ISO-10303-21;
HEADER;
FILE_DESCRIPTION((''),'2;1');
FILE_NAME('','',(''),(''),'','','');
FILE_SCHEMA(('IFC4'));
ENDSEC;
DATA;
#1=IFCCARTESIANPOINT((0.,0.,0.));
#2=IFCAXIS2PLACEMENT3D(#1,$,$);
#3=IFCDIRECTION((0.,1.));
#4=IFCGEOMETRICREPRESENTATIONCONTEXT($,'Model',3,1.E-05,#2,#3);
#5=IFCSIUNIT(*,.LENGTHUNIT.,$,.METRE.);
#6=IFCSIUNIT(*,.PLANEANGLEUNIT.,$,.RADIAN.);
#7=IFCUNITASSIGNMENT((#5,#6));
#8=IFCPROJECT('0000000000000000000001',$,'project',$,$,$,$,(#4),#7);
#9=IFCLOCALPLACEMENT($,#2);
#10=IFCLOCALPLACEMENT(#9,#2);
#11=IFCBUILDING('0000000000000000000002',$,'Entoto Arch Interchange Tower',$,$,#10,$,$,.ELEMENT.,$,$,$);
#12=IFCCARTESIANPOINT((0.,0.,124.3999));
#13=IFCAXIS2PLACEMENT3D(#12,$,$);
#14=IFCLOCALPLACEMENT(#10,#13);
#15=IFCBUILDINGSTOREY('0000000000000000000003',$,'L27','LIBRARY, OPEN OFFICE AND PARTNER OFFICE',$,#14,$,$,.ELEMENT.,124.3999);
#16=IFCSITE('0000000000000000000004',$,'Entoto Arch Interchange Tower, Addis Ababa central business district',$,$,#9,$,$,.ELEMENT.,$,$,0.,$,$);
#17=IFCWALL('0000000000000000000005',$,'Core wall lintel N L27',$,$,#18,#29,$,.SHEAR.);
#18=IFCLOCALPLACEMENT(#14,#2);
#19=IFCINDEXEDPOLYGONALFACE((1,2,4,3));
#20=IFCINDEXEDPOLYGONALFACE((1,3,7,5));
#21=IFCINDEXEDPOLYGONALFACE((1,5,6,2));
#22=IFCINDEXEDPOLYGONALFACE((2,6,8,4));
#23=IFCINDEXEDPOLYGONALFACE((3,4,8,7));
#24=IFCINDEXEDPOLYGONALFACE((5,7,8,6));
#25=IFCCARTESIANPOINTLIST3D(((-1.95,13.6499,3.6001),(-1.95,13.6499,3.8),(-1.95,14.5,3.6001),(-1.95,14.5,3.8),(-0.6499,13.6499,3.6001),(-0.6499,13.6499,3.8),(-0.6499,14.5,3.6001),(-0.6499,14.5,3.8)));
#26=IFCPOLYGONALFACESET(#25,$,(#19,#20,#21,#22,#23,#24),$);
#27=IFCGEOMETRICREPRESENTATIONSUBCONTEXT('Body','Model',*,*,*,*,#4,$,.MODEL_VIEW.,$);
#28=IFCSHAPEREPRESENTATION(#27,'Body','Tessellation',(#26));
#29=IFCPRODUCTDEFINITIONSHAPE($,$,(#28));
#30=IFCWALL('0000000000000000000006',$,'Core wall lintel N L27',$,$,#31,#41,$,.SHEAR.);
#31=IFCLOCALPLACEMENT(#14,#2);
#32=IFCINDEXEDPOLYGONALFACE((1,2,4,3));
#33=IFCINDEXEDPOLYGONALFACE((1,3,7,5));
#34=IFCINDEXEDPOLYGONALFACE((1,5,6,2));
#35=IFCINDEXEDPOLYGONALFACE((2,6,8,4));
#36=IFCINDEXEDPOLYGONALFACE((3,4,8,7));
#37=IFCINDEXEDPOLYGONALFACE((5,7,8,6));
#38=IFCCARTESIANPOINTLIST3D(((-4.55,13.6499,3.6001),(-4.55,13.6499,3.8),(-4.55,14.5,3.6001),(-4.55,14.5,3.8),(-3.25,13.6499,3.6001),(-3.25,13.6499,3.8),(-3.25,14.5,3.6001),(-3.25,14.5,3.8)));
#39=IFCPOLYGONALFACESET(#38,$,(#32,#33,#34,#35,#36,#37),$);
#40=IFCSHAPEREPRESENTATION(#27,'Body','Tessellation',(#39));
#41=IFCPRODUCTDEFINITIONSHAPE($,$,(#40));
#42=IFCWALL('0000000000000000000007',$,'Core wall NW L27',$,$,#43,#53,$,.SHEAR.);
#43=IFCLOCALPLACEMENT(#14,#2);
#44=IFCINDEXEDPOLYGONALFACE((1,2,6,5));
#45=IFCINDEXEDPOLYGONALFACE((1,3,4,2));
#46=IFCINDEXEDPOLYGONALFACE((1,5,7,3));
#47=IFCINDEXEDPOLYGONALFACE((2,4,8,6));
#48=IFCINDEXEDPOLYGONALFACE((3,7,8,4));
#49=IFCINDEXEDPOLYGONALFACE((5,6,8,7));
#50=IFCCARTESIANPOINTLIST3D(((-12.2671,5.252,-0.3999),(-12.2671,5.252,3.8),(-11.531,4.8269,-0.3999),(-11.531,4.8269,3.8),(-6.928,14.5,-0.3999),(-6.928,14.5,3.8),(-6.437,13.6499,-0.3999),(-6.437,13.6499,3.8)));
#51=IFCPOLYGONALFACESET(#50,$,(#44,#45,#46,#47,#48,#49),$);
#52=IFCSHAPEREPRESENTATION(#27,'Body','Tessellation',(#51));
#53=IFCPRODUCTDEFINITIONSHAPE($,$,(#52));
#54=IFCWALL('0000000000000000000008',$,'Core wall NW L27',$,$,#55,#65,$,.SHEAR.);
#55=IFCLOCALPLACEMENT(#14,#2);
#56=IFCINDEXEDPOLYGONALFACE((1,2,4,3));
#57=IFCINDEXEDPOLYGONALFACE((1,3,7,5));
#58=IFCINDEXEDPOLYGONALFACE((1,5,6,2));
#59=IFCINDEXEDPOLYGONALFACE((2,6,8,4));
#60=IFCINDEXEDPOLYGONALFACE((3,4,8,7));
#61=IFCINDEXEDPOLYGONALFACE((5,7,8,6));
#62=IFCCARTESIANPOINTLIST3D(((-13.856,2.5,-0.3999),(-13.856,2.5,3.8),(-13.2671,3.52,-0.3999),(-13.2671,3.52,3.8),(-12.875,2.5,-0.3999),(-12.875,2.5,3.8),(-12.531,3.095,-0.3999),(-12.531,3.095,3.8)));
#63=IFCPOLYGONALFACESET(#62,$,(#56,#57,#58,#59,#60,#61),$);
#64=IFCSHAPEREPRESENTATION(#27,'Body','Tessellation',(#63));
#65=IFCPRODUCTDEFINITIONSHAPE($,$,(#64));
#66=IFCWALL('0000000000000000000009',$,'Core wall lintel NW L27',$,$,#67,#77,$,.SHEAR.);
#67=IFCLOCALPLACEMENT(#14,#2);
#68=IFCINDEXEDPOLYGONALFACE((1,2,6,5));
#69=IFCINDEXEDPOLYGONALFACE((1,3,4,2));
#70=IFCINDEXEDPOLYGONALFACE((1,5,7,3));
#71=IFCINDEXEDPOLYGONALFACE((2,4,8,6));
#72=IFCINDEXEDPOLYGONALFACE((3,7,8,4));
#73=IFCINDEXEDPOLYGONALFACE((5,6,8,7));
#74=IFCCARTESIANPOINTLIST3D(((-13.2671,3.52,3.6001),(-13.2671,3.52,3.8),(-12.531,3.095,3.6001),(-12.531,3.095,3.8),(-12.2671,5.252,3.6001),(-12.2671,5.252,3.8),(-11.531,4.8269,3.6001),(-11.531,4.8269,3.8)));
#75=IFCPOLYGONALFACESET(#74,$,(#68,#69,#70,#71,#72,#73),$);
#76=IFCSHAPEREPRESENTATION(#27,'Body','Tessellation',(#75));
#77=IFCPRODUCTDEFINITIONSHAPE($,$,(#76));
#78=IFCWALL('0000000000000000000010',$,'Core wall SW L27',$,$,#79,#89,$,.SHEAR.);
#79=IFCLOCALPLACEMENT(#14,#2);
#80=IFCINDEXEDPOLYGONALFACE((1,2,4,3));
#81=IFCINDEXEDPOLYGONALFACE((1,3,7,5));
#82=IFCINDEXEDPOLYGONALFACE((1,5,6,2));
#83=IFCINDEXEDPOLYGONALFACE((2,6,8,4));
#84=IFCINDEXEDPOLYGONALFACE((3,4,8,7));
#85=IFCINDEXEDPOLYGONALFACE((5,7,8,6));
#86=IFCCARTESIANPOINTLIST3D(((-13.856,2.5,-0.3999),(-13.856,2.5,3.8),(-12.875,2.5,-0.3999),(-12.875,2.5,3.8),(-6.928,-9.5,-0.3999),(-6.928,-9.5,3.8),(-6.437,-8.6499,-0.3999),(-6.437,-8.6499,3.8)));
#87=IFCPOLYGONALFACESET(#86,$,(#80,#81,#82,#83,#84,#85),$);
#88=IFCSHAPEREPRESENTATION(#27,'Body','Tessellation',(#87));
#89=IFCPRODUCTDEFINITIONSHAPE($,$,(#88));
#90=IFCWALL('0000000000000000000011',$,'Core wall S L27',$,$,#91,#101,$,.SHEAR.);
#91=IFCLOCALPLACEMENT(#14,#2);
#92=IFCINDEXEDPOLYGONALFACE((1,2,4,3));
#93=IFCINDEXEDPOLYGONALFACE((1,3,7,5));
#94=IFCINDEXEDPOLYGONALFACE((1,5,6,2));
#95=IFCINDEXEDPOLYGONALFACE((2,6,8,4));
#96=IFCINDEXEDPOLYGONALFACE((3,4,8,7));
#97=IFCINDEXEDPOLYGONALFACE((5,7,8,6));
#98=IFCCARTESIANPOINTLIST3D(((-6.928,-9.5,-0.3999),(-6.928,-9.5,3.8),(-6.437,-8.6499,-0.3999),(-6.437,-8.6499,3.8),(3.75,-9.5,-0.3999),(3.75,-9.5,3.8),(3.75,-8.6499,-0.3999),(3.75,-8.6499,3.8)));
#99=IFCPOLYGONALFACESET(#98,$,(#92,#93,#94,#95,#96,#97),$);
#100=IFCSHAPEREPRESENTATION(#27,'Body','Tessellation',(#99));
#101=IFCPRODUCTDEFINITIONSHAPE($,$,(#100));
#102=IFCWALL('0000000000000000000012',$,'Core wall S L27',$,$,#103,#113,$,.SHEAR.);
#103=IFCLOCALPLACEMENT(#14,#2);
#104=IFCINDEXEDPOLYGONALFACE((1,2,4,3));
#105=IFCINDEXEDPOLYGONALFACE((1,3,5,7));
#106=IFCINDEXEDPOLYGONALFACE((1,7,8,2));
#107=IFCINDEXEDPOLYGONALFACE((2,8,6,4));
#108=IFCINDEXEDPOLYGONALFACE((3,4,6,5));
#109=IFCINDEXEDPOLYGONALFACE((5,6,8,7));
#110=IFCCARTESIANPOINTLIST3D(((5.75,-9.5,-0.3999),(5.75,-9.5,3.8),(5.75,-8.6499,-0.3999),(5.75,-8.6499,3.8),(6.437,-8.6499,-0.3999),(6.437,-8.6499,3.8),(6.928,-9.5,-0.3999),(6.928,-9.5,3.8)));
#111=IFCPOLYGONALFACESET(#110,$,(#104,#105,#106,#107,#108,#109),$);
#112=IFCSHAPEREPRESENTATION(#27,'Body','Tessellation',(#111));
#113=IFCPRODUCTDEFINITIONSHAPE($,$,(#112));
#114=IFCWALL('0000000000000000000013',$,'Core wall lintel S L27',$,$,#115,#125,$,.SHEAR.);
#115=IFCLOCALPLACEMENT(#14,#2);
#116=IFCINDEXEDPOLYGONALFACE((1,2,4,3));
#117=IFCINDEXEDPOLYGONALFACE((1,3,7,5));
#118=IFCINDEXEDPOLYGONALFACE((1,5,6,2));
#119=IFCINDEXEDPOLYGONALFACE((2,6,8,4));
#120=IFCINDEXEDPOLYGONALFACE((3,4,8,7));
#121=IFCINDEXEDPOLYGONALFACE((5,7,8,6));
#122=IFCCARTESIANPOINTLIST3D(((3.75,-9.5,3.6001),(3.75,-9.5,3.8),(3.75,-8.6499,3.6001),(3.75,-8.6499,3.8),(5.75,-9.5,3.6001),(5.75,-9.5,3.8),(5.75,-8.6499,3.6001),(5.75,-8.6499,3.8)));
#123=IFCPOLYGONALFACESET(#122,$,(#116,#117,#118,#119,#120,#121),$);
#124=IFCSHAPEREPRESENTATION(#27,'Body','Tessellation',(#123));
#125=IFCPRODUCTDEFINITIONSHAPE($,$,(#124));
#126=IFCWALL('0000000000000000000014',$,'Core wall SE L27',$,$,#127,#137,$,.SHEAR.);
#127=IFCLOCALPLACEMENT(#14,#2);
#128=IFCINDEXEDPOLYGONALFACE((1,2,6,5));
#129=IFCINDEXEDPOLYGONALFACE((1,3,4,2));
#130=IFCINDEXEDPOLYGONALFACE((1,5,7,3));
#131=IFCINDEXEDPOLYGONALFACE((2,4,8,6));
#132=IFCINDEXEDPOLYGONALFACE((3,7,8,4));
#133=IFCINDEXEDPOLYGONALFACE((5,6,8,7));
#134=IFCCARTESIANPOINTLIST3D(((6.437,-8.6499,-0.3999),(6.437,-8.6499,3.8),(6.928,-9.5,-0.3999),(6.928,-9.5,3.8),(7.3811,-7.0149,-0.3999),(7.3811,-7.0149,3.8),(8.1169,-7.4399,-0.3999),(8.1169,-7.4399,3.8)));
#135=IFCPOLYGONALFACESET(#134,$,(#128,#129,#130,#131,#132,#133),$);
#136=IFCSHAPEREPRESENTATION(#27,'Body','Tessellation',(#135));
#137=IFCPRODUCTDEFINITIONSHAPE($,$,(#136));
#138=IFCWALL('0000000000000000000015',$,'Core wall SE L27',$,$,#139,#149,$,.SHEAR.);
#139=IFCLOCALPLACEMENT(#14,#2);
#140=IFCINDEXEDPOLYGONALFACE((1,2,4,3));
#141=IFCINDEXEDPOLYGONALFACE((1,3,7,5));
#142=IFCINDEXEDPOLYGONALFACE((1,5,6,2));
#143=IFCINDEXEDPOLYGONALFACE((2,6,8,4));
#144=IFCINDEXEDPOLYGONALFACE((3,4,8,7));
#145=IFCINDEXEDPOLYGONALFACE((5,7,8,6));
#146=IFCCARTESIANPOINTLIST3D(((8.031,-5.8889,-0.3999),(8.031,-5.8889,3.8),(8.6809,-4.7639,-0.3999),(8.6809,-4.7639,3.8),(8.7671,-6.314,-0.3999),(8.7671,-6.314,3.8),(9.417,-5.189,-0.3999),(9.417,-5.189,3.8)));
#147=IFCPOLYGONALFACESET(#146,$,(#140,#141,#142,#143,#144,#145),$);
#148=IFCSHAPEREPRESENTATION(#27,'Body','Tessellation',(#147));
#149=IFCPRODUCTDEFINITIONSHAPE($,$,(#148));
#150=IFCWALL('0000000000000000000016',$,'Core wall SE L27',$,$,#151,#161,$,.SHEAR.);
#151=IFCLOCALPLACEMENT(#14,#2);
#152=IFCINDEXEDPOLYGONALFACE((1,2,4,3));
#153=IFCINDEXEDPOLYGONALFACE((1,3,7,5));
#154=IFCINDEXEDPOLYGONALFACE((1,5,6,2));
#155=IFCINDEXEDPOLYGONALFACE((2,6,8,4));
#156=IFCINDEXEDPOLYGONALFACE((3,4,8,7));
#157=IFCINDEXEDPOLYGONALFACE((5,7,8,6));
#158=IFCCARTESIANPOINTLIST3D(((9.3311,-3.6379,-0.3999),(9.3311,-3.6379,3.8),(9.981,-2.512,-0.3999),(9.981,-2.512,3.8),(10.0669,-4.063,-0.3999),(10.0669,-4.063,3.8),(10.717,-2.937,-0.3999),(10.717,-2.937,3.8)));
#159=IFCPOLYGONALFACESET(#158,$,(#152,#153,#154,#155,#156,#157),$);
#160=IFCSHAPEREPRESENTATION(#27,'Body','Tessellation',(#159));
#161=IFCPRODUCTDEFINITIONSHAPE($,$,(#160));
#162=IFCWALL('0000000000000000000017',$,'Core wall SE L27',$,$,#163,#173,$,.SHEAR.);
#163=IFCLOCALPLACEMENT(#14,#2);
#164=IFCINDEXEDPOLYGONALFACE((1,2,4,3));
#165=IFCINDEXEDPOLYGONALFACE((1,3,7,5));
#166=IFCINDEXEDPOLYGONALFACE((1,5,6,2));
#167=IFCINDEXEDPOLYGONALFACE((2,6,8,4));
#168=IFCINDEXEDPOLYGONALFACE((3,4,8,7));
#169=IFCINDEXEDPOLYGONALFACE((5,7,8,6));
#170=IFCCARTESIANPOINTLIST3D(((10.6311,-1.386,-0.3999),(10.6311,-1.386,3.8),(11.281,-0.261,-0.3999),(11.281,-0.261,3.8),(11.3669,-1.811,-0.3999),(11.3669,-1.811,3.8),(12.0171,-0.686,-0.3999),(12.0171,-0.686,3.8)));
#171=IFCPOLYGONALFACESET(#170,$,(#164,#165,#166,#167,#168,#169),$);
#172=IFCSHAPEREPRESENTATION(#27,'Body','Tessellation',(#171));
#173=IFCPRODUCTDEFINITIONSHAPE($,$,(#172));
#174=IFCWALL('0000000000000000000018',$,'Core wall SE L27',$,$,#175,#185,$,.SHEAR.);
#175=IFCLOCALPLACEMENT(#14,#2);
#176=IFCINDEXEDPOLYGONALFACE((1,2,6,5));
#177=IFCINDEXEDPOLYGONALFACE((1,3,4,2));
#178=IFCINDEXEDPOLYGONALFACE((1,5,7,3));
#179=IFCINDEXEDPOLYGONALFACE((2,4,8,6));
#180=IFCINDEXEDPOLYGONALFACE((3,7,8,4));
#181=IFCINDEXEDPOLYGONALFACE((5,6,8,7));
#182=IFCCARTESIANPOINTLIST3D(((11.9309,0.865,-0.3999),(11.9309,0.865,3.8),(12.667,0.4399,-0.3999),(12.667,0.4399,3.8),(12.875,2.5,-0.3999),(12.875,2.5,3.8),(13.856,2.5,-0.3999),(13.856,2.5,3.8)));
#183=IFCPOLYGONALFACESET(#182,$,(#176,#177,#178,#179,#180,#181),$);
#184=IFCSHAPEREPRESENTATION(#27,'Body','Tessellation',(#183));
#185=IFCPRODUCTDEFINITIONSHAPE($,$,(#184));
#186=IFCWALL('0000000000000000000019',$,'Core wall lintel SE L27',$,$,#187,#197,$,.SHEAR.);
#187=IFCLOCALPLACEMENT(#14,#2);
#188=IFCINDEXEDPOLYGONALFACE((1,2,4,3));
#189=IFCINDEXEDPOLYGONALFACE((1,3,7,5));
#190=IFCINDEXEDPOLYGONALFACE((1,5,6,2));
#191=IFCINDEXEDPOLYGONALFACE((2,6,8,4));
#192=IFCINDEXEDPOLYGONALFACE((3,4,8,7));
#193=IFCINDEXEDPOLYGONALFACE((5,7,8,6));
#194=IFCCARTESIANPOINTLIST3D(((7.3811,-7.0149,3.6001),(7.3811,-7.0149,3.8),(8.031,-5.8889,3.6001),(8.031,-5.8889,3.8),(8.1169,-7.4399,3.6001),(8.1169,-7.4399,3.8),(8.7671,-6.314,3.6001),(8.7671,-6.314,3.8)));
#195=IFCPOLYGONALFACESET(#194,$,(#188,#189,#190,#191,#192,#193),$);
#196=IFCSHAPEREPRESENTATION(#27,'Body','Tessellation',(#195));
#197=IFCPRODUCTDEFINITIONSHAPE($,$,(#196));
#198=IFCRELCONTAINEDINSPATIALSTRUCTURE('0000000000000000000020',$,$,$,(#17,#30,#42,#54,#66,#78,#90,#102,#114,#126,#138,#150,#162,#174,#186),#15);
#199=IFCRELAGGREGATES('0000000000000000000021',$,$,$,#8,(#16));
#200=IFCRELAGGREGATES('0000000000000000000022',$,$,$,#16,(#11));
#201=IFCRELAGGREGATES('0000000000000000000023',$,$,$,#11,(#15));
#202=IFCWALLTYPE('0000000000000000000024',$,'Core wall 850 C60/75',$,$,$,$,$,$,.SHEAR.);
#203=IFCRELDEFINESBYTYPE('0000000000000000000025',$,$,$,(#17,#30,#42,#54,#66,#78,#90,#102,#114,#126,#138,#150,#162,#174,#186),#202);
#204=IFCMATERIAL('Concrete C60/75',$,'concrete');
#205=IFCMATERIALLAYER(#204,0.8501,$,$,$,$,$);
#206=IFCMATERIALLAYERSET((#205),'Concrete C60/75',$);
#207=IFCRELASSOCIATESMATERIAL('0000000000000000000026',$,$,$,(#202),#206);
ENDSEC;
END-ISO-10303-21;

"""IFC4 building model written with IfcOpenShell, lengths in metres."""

from ifc_helpers import new_model, si_unit, direction, frame, origin, place, context, subcontext, project, spatial, polyline, outline, extrude, material, layer, layer_set, type_object, element, save


model = new_model("IFC4")

# Units and contexts
model_context = context("Model", 3, precision=1e-05, world=origin(), true_north=direction((0.0, 1.0)))
body_context = subcontext(model_context, "Body", "Model", "MODEL_VIEW")
ifc_project = project(units=[si_unit("LENGTHUNIT", "METRE"), si_unit("PLANEANGLEUNIT", "RADIAN")], contexts=[model_context])

# Site, building, storey
site_placement = place(None, origin())
site = spatial("IfcSite", under=ifc_project, at=site_placement, Name="Entoto Arch Interchange Tower, Addis Ababa central business district", CompositionType="ELEMENT", RefElevation=0.0)
building_placement = place(site_placement, origin())
building = spatial("IfcBuilding", under=site, at=building_placement, Name="Entoto Arch Interchange Tower", CompositionType="ELEMENT")
storey_placement = place(building_placement, frame((0.0, 0.0, 124.3999)))
storey = spatial("IfcBuildingStorey", under=building, at=storey_placement, Name="L27", Description="LIBRARY, OPEN OFFICE AND PARTNER OFFICE", CompositionType="ELEMENT", Elevation=124.3999)

# Walls
ifc_material_1 = material(Name="Concrete C60/75", Category="concrete")
ifc_layer_1 = layer(ifc_material_1, 0.8501)
ifc_layer_set_1 = layer_set([ifc_layer_1], Name="Concrete C60/75")
wall_type_1 = type_object("IfcWallType", Name="Core wall 850 C60/75", PredefinedType="SHEAR", material=ifc_layer_set_1)
wall_1_placement = place(storey_placement, frame((0.0, 0.0, 3.6001)))
element("IfcWall", 1, at=wall_1_placement, inside=storey, type_object=wall_type_1, Name="Core wall lintel N L27", PredefinedType="SHEAR", context=body_context, shape_type="SweptSolid", body=[
    extrude(outline(polyline([(-1.95, 14.5), (-1.95, 13.6499), (-0.6499, 13.6499), (-0.6499, 14.5), (-1.95, 14.5)])), origin(), (0.0, 0.0, 1.0), 0.2),
])
wall_2_placement = place(storey_placement, frame((0.0, 0.0, 3.6001)))
element("IfcWall", 2, at=wall_2_placement, inside=storey, type_object=wall_type_1, Name="Core wall lintel N L27", PredefinedType="SHEAR", context=body_context, shape_type="SweptSolid", body=[
    extrude(outline(polyline([(-4.55, 14.5), (-4.55, 13.6499), (-3.25, 13.6499), (-3.25, 14.5), (-4.55, 14.5)])), origin(), (0.0, 0.0, 1.0), 0.2),
])
wall_3_placement = place(storey_placement, frame((0.0, 0.0, -0.3999)))
element("IfcWall", 3, at=wall_3_placement, inside=storey, type_object=wall_type_1, Name="Core wall NW L27", PredefinedType="SHEAR", context=body_context, shape_type="SweptSolid", body=[
    extrude(outline(polyline([(-12.2671, 5.252), (-11.531, 4.8269), (-6.437, 13.6499), (-6.928, 14.5), (-12.2671, 5.252)])), origin(), (0.0, 0.0, 1.0), 4.2),
])
wall_4_placement = place(storey_placement, frame((0.0, 0.0, -0.3999)))
element("IfcWall", 4, at=wall_4_placement, inside=storey, type_object=wall_type_1, Name="Core wall NW L27", PredefinedType="SHEAR", context=body_context, shape_type="SweptSolid", body=[
    extrude(outline(polyline([(-12.531, 3.095), (-13.2671, 3.52), (-13.856, 2.5), (-12.875, 2.5), (-12.531, 3.095)])), origin(), (0.0, 0.0, 1.0), 4.2),
])
wall_5_placement = place(storey_placement, frame((0.0, 0.0, 3.6001)))
element("IfcWall", 5, at=wall_5_placement, inside=storey, type_object=wall_type_1, Name="Core wall lintel NW L27", PredefinedType="SHEAR", context=body_context, shape_type="SweptSolid", body=[
    extrude(outline(polyline([(-13.2671, 3.52), (-12.531, 3.095), (-11.531, 4.8269), (-12.2671, 5.252), (-13.2671, 3.52)])), origin(), (0.0, 0.0, 1.0), 0.2),
])
wall_6_placement = place(storey_placement, frame((0.0, 0.0, -0.3999)))
element("IfcWall", 6, at=wall_6_placement, inside=storey, type_object=wall_type_1, Name="Core wall SW L27", PredefinedType="SHEAR", context=body_context, shape_type="SweptSolid", body=[
    extrude(outline(polyline([(-13.856, 2.5), (-6.928, -9.5), (-6.437, -8.6499), (-12.875, 2.5), (-13.856, 2.5)])), origin(), (0.0, 0.0, 1.0), 4.2),
])
wall_7_placement = place(storey_placement, frame((0.0, 0.0, -0.3999)))
element("IfcWall", 7, at=wall_7_placement, inside=storey, type_object=wall_type_1, Name="Core wall S L27", PredefinedType="SHEAR", context=body_context, shape_type="SweptSolid", body=[
    extrude(outline(polyline([(3.75, -9.5), (3.75, -8.6499), (-6.437, -8.6499), (-6.928, -9.5), (3.75, -9.5)])), origin(), (0.0, 0.0, 1.0), 4.2),
])
wall_8_placement = place(storey_placement, frame((0.0, 0.0, -0.3999)))
element("IfcWall", 8, at=wall_8_placement, inside=storey, type_object=wall_type_1, Name="Core wall S L27", PredefinedType="SHEAR", context=body_context, shape_type="SweptSolid", body=[
    extrude(outline(polyline([(5.75, -8.6499), (5.75, -9.5), (6.928, -9.5), (6.437, -8.6499), (5.75, -8.6499)])), origin(), (0.0, 0.0, 1.0), 4.2),
])
wall_9_placement = place(storey_placement, frame((0.0, 0.0, 3.6001)))
element("IfcWall", 9, at=wall_9_placement, inside=storey, type_object=wall_type_1, Name="Core wall lintel S L27", PredefinedType="SHEAR", context=body_context, shape_type="SweptSolid", body=[
    extrude(outline(polyline([(5.75, -9.5), (5.75, -8.6499), (3.75, -8.6499), (3.75, -9.5), (5.75, -9.5)])), origin(), (0.0, 0.0, 1.0), 0.2),
])
wall_10_placement = place(storey_placement, frame((0.0, 0.0, -0.3999)))
element("IfcWall", 10, at=wall_10_placement, inside=storey, type_object=wall_type_1, Name="Core wall SE L27", PredefinedType="SHEAR", context=body_context, shape_type="SweptSolid", body=[
    extrude(outline(polyline([(8.1169, -7.4399), (7.3811, -7.0149), (6.437, -8.6499), (6.928, -9.5), (8.1169, -7.4399)])), origin(), (0.0, 0.0, 1.0), 4.2),
])
wall_11_placement = place(storey_placement, frame((0.0, 0.0, -0.3999)))
element("IfcWall", 11, at=wall_11_placement, inside=storey, type_object=wall_type_1, Name="Core wall SE L27", PredefinedType="SHEAR", context=body_context, shape_type="SweptSolid", body=[
    extrude(outline(polyline([(9.417, -5.189), (8.6809, -4.7639), (8.031, -5.8889), (8.7671, -6.314), (9.417, -5.189)])), origin(), (0.0, 0.0, 1.0), 4.2),
])
wall_12_placement = place(storey_placement, frame((0.0, 0.0, -0.3999)))
element("IfcWall", 12, at=wall_12_placement, inside=storey, type_object=wall_type_1, Name="Core wall SE L27", PredefinedType="SHEAR", context=body_context, shape_type="SweptSolid", body=[
    extrude(outline(polyline([(10.717, -2.937), (9.981, -2.512), (9.3311, -3.6379), (10.0669, -4.063), (10.717, -2.937)])), origin(), (0.0, 0.0, 1.0), 4.2),
])
wall_13_placement = place(storey_placement, frame((0.0, 0.0, -0.3999)))
element("IfcWall", 13, at=wall_13_placement, inside=storey, type_object=wall_type_1, Name="Core wall SE L27", PredefinedType="SHEAR", context=body_context, shape_type="SweptSolid", body=[
    extrude(outline(polyline([(12.0171, -0.686), (11.281, -0.261), (10.6311, -1.386), (11.3669, -1.811), (12.0171, -0.686)])), origin(), (0.0, 0.0, 1.0), 4.2),
])
wall_14_placement = place(storey_placement, frame((0.0, 0.0, -0.3999)))
element("IfcWall", 14, at=wall_14_placement, inside=storey, type_object=wall_type_1, Name="Core wall SE L27", PredefinedType="SHEAR", context=body_context, shape_type="SweptSolid", body=[
    extrude(outline(polyline([(11.9309, 0.865), (12.667, 0.4399), (13.856, 2.5), (12.875, 2.5), (11.9309, 0.865)])), origin(), (0.0, 0.0, 1.0), 4.2),
])
wall_15_placement = place(storey_placement, frame((0.0, 0.0, 3.6001)))
element("IfcWall", 15, at=wall_15_placement, inside=storey, type_object=wall_type_1, Name="Core wall lintel SE L27", PredefinedType="SHEAR", context=body_context, shape_type="SweptSolid", body=[
    extrude(outline(polyline([(8.7671, -6.314), (8.031, -5.8889), (7.3811, -7.0149), (8.1169, -7.4399), (8.7671, -6.314)])), origin(), (0.0, 0.0, 1.0), 0.2),
])

save(model, "model.ifc")
